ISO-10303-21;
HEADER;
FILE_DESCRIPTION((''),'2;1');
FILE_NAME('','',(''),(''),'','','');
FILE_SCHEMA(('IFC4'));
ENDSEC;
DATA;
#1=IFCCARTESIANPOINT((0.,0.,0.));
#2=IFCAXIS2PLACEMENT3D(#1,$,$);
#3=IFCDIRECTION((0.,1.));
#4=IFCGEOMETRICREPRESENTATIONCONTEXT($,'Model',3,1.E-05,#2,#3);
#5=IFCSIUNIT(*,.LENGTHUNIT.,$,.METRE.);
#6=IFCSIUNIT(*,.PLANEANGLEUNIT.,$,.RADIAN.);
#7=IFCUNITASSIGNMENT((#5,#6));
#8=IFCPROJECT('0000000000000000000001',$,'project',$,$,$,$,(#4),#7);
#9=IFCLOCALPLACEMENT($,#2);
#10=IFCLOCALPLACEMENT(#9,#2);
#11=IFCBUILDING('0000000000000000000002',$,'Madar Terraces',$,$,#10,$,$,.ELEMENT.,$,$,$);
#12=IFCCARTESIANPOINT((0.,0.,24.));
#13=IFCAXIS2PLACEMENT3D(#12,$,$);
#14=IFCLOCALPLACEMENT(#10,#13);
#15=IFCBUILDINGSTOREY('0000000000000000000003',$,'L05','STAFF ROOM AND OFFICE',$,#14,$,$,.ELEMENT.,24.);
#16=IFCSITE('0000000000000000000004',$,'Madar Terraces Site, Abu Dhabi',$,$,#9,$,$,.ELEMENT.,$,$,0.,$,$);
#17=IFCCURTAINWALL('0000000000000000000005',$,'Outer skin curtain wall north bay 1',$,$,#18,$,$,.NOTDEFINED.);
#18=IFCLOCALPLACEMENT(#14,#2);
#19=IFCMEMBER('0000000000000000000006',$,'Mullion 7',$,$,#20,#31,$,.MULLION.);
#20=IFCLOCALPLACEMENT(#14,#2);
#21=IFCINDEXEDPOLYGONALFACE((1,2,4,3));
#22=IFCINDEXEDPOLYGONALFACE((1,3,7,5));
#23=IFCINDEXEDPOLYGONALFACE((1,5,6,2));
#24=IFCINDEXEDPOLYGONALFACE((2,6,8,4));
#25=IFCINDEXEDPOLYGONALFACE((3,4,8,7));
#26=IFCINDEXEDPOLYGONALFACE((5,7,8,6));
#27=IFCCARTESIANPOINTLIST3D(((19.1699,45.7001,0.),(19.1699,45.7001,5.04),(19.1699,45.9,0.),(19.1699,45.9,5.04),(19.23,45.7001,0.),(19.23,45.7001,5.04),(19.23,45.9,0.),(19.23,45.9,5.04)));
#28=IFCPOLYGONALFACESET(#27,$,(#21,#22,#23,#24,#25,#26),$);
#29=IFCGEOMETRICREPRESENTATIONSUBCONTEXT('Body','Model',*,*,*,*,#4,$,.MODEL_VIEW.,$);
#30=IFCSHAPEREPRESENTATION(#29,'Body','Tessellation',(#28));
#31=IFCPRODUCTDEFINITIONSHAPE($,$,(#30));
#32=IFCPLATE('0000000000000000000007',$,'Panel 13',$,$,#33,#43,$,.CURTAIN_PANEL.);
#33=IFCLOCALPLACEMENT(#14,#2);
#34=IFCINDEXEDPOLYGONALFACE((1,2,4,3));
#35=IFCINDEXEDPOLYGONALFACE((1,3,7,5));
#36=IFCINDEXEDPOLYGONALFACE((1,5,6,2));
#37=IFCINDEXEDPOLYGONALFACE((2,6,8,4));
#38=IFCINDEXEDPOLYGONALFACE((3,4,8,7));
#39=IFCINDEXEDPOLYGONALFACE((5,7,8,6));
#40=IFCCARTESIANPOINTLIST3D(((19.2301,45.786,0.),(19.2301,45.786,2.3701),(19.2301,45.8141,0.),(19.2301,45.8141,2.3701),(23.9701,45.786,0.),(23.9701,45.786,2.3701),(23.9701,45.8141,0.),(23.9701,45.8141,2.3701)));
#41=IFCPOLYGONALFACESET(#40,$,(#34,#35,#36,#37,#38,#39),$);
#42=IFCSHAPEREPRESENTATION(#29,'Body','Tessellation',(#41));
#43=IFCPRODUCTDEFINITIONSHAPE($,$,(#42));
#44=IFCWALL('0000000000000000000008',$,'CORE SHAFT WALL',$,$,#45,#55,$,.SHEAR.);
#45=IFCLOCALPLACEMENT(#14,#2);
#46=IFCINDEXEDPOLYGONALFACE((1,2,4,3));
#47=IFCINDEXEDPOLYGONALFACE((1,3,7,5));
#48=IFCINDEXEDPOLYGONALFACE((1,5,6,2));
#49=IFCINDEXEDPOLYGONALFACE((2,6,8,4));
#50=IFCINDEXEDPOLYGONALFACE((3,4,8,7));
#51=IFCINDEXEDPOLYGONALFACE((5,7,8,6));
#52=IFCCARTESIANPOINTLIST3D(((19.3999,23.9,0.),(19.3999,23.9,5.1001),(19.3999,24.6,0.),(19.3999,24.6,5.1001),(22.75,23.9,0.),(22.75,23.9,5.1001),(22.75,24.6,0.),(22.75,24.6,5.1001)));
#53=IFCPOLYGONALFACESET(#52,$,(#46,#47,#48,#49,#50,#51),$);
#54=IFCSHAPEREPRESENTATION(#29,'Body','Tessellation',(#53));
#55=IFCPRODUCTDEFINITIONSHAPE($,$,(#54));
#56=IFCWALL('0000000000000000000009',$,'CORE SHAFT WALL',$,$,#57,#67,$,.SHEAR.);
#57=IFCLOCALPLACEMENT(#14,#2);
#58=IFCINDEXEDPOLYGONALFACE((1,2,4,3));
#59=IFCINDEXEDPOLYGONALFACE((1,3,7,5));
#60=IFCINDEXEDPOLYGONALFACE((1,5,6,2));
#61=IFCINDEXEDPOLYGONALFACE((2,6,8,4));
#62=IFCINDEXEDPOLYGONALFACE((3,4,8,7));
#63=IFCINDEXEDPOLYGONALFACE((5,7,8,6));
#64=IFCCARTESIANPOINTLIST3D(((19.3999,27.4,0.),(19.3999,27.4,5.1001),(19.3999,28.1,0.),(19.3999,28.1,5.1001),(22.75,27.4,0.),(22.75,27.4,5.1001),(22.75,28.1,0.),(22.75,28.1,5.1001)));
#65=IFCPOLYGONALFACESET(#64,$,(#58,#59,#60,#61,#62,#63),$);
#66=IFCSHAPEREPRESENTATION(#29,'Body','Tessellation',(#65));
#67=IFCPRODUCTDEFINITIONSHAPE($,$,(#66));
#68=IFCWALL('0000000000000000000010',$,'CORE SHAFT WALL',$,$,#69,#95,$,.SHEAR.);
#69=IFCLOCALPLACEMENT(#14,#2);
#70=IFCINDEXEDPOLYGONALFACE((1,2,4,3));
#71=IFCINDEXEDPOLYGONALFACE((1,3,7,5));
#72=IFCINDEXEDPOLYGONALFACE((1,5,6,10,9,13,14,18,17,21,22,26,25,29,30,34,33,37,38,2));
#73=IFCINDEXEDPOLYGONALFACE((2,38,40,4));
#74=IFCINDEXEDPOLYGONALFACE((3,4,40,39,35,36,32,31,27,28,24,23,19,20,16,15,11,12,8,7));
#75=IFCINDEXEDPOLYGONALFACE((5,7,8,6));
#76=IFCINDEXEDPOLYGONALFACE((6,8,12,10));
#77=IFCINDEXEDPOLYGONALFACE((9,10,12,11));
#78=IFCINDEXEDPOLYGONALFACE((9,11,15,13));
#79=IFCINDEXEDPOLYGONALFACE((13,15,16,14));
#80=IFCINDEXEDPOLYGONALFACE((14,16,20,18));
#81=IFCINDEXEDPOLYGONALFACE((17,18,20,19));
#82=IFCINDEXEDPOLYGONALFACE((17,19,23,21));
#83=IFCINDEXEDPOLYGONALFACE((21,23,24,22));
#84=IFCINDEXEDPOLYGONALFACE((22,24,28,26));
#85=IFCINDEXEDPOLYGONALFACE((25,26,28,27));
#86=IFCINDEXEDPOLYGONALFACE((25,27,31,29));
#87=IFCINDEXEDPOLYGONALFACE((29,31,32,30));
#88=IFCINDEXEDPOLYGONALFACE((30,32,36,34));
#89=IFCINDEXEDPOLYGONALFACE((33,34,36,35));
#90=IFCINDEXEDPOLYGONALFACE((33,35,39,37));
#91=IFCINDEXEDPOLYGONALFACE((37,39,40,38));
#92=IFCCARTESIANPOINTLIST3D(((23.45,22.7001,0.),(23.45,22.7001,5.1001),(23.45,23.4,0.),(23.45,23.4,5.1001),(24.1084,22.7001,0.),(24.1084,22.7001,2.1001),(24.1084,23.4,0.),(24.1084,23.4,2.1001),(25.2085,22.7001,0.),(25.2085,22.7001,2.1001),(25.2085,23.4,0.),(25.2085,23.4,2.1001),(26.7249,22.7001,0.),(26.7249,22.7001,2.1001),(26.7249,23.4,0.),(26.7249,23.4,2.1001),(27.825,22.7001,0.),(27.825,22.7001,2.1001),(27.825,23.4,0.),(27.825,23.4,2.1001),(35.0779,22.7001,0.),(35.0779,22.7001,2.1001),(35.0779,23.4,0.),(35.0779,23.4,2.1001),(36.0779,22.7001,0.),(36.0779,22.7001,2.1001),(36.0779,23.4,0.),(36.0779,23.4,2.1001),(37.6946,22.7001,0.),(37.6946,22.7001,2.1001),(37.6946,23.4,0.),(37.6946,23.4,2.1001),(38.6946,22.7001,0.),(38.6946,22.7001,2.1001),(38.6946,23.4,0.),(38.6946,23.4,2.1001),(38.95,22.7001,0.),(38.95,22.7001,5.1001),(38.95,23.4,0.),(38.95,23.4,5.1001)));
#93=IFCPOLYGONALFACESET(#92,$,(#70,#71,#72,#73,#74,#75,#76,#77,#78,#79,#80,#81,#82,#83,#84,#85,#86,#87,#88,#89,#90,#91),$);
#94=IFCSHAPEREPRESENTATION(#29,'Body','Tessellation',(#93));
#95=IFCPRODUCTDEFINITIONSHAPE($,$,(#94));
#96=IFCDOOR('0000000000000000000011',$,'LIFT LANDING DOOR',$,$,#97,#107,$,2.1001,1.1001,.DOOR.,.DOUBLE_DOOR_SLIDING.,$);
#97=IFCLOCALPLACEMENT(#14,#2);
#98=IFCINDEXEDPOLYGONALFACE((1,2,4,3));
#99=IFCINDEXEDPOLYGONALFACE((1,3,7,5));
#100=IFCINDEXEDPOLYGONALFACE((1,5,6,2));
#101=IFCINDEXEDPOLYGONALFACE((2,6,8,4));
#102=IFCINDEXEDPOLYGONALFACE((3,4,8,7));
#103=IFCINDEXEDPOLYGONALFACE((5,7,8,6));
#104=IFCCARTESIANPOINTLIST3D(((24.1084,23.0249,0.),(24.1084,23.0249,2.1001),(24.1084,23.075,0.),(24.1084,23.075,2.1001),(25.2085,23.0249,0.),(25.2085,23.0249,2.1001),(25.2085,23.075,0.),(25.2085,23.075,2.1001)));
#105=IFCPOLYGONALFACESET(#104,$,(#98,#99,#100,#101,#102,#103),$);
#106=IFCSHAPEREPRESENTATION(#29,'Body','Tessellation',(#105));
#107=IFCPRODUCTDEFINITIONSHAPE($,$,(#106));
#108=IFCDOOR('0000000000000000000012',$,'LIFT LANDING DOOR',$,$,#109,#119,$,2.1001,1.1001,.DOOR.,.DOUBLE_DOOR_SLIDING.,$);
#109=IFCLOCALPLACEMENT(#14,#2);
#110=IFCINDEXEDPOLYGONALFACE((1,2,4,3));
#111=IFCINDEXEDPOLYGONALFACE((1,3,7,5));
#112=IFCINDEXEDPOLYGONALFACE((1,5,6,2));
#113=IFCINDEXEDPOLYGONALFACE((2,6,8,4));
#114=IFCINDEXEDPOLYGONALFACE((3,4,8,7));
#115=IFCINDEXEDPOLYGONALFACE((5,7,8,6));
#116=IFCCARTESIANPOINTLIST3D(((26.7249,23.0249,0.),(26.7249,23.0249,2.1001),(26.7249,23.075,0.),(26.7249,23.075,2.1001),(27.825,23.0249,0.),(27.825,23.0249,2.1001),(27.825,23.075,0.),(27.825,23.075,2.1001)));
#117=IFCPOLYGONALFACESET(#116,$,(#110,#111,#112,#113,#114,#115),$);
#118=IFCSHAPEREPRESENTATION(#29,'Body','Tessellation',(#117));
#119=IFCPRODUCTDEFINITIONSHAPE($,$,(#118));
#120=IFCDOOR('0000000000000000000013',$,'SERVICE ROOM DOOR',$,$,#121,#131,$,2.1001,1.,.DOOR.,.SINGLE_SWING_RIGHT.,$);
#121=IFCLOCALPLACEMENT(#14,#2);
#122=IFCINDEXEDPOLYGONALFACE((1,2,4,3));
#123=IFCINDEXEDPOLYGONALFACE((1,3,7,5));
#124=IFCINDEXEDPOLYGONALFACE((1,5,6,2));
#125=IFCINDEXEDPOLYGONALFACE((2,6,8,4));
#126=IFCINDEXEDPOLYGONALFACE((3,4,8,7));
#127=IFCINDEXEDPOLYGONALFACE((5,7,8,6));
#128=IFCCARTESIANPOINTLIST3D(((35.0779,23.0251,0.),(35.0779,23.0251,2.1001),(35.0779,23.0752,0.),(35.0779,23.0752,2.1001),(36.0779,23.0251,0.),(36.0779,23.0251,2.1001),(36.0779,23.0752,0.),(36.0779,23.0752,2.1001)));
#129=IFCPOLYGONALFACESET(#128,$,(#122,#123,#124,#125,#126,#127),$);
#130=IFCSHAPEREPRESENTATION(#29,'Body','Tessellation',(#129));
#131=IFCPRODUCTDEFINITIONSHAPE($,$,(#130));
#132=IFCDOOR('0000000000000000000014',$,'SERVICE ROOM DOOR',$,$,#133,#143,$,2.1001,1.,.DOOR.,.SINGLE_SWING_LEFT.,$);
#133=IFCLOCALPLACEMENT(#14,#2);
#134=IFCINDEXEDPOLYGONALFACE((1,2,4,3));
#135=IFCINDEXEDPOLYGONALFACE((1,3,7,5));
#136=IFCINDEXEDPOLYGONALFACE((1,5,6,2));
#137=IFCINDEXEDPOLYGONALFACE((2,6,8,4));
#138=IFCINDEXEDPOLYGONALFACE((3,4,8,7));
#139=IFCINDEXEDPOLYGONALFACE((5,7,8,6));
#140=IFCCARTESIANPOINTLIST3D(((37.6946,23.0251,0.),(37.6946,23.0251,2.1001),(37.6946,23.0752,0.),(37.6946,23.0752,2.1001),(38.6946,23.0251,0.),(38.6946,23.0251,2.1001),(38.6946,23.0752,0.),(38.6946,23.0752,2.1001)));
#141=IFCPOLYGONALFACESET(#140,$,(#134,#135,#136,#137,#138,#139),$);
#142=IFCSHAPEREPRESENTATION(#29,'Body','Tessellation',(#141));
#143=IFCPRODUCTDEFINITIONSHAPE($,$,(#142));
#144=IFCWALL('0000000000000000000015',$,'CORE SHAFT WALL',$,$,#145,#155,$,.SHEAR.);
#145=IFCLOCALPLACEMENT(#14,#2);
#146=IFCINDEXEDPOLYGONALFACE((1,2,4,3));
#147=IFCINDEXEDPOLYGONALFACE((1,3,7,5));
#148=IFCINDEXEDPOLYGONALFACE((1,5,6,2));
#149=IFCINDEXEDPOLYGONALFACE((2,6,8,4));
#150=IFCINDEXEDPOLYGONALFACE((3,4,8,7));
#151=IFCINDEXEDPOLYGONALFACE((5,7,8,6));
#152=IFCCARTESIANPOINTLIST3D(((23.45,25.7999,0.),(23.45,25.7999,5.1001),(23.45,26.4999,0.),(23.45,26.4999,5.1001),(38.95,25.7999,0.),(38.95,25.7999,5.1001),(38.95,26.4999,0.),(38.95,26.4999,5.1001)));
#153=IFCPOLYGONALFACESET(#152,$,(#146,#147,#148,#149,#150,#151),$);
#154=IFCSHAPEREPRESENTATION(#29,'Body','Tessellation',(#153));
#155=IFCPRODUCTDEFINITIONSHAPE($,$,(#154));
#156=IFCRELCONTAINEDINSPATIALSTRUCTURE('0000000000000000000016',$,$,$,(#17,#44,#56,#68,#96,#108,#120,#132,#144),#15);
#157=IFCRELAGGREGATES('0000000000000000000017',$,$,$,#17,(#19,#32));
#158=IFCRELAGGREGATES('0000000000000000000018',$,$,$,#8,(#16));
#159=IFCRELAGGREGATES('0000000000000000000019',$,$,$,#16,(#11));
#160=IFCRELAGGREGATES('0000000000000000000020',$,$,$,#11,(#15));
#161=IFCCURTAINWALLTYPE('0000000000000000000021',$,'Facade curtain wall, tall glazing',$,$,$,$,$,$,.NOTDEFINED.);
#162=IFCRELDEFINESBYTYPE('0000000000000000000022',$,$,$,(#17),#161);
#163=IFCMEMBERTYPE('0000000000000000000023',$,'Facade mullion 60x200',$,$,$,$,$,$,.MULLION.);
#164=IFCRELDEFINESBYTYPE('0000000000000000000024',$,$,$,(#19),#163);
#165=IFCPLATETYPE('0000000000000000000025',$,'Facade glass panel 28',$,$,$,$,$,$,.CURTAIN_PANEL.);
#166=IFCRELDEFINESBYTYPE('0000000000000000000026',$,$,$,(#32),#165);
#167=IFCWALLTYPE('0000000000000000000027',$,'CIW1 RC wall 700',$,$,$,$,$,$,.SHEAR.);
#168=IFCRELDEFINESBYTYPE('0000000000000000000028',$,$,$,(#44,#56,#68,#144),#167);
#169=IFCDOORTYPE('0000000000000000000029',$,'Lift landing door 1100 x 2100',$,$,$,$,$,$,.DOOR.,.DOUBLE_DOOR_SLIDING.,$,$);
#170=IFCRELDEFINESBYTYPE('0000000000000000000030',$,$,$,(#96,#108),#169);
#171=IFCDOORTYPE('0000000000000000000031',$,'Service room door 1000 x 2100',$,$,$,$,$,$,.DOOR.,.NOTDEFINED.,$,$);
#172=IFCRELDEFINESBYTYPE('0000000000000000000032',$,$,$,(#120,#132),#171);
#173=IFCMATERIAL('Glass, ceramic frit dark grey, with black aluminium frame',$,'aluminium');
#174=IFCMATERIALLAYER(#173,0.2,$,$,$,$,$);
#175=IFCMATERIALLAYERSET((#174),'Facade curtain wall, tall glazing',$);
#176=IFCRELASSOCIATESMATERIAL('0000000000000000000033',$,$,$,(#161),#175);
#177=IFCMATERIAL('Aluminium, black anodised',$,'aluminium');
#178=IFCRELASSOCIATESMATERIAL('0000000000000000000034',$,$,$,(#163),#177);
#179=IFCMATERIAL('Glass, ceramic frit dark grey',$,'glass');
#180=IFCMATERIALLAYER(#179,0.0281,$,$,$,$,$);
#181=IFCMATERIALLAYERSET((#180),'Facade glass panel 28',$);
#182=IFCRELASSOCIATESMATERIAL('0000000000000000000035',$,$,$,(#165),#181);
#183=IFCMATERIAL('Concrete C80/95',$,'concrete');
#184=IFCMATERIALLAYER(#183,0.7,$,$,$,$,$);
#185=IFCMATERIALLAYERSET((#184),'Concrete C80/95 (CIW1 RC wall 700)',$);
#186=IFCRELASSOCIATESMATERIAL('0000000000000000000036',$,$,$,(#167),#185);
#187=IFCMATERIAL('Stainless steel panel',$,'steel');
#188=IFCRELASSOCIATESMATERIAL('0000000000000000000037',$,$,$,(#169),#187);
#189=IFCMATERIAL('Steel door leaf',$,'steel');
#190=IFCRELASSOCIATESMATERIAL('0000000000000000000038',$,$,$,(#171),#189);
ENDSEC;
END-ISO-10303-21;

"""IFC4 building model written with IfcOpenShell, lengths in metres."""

from ifc_helpers import new_model, si_unit, direction, frame, frame_2d, origin, origin_2d, place, context, subcontext, project, spatial, rectangle, extrude, material, layer, layer_set, material_profile, profile_set, type_object, element, fill, aggregate, save


model = new_model("IFC4")

# Units and contexts
model_context = context("Model", 3, precision=1e-05, world=origin(), true_north=direction((0.0, 1.0)))
body_context = subcontext(model_context, "Body", "Model", "MODEL_VIEW")
ifc_project = project(units=[si_unit("LENGTHUNIT", "METRE"), si_unit("PLANEANGLEUNIT", "RADIAN")], contexts=[model_context])

# Site, building, storey
site_placement = place(None, origin())
site = spatial("IfcSite", under=ifc_project, at=site_placement, Name="Madar Terraces Site, Abu Dhabi", CompositionType="ELEMENT", RefElevation=0.0)
building_placement = place(site_placement, origin())
building = spatial("IfcBuilding", under=site, at=building_placement, Name="Madar Terraces", CompositionType="ELEMENT")
storey_placement = place(building_placement, frame((0.0, 0.0, 24.0)))
storey = spatial("IfcBuildingStorey", under=building, at=storey_placement, Name="L05", Description="STAFF ROOM AND OFFICE", CompositionType="ELEMENT", Elevation=24.0)

# Curtain wall, member, plate
ifc_material_1 = material(Name="Glass, ceramic frit dark grey, with black aluminium frame", Category="aluminium")
ifc_layer_1 = layer(ifc_material_1, 0.2)
ifc_layer_set_1 = layer_set([ifc_layer_1], Name="Facade curtain wall, tall glazing")
curtain_wall_type = type_object("IfcCurtainWallType", Name="Facade curtain wall, tall glazing", PredefinedType="NOTDEFINED", material=ifc_layer_set_1)
curtain_wall_placement = place(storey_placement, origin())
curtain_wall = element("IfcCurtainWall", 1, at=curtain_wall_placement, inside=storey, type_object=curtain_wall_type, Name="Outer skin curtain wall north bay 1", PredefinedType="NOTDEFINED")
ifc_material_2 = material(Name="Aluminium, black anodised", Category="aluminium")
ifc_material_profile = material_profile(ifc_material_2, rectangle(XDim=0.2, YDim=0.0601, at=origin_2d()), Name="Facade mullion 60x200")
ifc_profile_set = profile_set([ifc_material_profile], Name="Aluminium, black anodised")
member_type = type_object("IfcMemberType", Name="Facade mullion 60x200", PredefinedType="MULLION", material=ifc_profile_set)
member_placement = place(storey_placement, frame((19.2, 45.8, 0.0), z_axis=(0.0, 0.0, 1.0), x_axis=(0.0, -1.0, 0.0)))
member = element("IfcMember", 2, at=member_placement, type_object=member_type, Name="Mullion 7", PredefinedType="MULLION", context=body_context, shape_type="SweptSolid", body=[
    extrude(rectangle(XDim=0.2, YDim=0.0601, at=origin_2d()), origin(), (0.0, 0.0, 1.0), 5.04),
])
ifc_material_3 = material(Name="Glass, ceramic frit dark grey", Category="glass")
ifc_layer_2 = layer(ifc_material_3, 0.0281)
ifc_layer_set_2 = layer_set([ifc_layer_2], Name="Facade glass panel 28")
plate_type = type_object("IfcPlateType", Name="Facade glass panel 28", PredefinedType="CURTAIN_PANEL", material=ifc_layer_set_2)
plate_placement = place(storey_placement, frame((21.6001, 45.8, 0.0), z_axis=(0.0, 0.0, 1.0), x_axis=(-1.0, 0.0, 0.0)))
plate = element("IfcPlate", 3, at=plate_placement, type_object=plate_type, Name="Panel 13", PredefinedType="CURTAIN_PANEL", context=body_context, shape_type="SweptSolid", body=[
    extrude(rectangle(XDim=4.74, YDim=0.0281, at=origin_2d()), origin(), (0.0, 0.0, 1.0), 2.3701),
])
aggregate(curtain_wall, [member, plate])

# Walls
ifc_material_4 = material(Name="Concrete C80/95", Category="concrete")
ifc_layer_3 = layer(ifc_material_4, 0.7)
ifc_layer_set_3 = layer_set([ifc_layer_3], Name="Concrete C80/95 (CIW1 RC wall 700)")
wall_type_1 = type_object("IfcWallType", Name="CIW1 RC wall 700", PredefinedType="SHEAR", material=ifc_layer_set_3)
for number, where, z_axis, x_axis, name in (
    (4, (19.3999, 24.25, 0.0), (0.0, 0.0, 1.0), (1.0, 0.0, 0.0), "CORE SHAFT WALL"),
    (5, (19.3999, 27.75, 0.0), (0.0, 0.0, 1.0), (1.0, 0.0, 0.0), "CORE SHAFT WALL"),
):
    element("IfcWall", number, at=place(storey_placement, frame(where, z_axis=z_axis, x_axis=x_axis)), inside=storey, type_object=wall_type_1, Name=name, PredefinedType="SHEAR", context=body_context, shape_type="SweptSolid", body=[
        extrude(rectangle(XDim=3.3501, YDim=0.7, at=frame_2d((1.675, 0.0))), origin(), (0.0, 0.0, 1.0), 5.1001),
    ])

# Wall, openings, doors
wall_1_placement = place(storey_placement, frame((23.45, 23.05, 0.0), z_axis=(0.0, 0.0, 1.0), x_axis=(1.0, 0.0, 0.0)))
wall_1 = element("IfcWall", 6, at=wall_1_placement, inside=storey, type_object=wall_type_1, Name="CORE SHAFT WALL", PredefinedType="SHEAR", context=body_context, shape_type="SweptSolid", body=[
    extrude(rectangle(XDim=15.5, YDim=0.7, at=frame_2d((7.75, 0.0))), origin(), (0.0, 0.0, 1.0), 5.1001),
])
opening_1_placement = place(wall_1_placement, frame((0.6584, 0.0, 0.0)))
opening_1 = element("IfcOpeningElement", 7, at=opening_1_placement, cuts=wall_1, PredefinedType="OPENING", context=body_context, shape_type="SweptSolid", body=[
    extrude(rectangle(XDim=1.1001, YDim=2.1001, at=frame_2d((0.55, 1.05))), frame((0.0, 0.3599, 0.0), z_axis=(0.0, -1.0, 0.0), x_axis=(1.0, 0.0, 0.0)), (0.0, 0.0, 1.0), 0.72),
])
opening_2_placement = place(wall_1_placement, frame((3.2749, 0.0, 0.0)))
opening_2 = element("IfcOpeningElement", 8, at=opening_2_placement, cuts=wall_1, PredefinedType="OPENING", context=body_context, shape_type="SweptSolid", body=[
    extrude(rectangle(XDim=1.1001, YDim=2.1001, at=frame_2d((0.55, 1.05))), frame((0.0, 0.3599, 0.0), z_axis=(0.0, -1.0, 0.0), x_axis=(1.0, 0.0, 0.0)), (0.0, 0.0, 1.0), 0.72),
])
opening_3_placement = place(wall_1_placement, frame((11.6279, 0.0, 0.0)))
opening_3 = element("IfcOpeningElement", 9, at=opening_3_placement, cuts=wall_1, PredefinedType="OPENING", context=body_context, shape_type="SweptSolid", body=[
    extrude(rectangle(XDim=1.0, YDim=2.1001, at=frame_2d((0.5, 1.05))), frame((0.0, 0.3599, 0.0), z_axis=(0.0, -1.0, 0.0), x_axis=(1.0, 0.0, 0.0)), (0.0, 0.0, 1.0), 0.72),
])
opening_4_placement = place(wall_1_placement, frame((14.2446, 0.0, 0.0)))
opening_4 = element("IfcOpeningElement", 10, at=opening_4_placement, cuts=wall_1, PredefinedType="OPENING", context=body_context, shape_type="SweptSolid", body=[
    extrude(rectangle(XDim=1.0, YDim=2.1001, at=frame_2d((0.5, 1.05))), frame((0.0, 0.3599, 0.0), z_axis=(0.0, -1.0, 0.0), x_axis=(1.0, 0.0, 0.0)), (0.0, 0.0, 1.0), 0.72),
])
ifc_material_5 = material(Name="Stainless steel panel", Category="steel")
door_type_1 = type_object("IfcDoorType", Name="Lift landing door 1100 x 2100", OperationType="DOUBLE_DOOR_SLIDING", PredefinedType="DOOR", material=ifc_material_5)
door_1_placement = place(opening_1_placement, origin())
door_1 = element("IfcDoor", 11, at=door_1_placement, inside=storey, type_object=door_type_1, Name="LIFT LANDING DOOR", OperationType="DOUBLE_DOOR_SLIDING", OverallHeight=2.1001, OverallWidth=1.1001, PredefinedType="DOOR", context=body_context, shape_type="SweptSolid", body=[
    extrude(rectangle(XDim=1.1001, YDim=2.1001, at=frame_2d((0.55, 1.05))), frame((0.0, 0.0249, 0.0), z_axis=(0.0, -1.0, 0.0), x_axis=(1.0, 0.0, 0.0)), (0.0, 0.0, 1.0), 0.05),
])
fill(opening_1, door_1)
door_2_placement = place(opening_2_placement, origin())
door_2 = element("IfcDoor", 12, at=door_2_placement, inside=storey, type_object=door_type_1, Name="LIFT LANDING DOOR", OperationType="DOUBLE_DOOR_SLIDING", OverallHeight=2.1001, OverallWidth=1.1001, PredefinedType="DOOR", context=body_context, shape_type="SweptSolid", body=[
    extrude(rectangle(XDim=1.1001, YDim=2.1001, at=frame_2d((0.55, 1.05))), frame((0.0, 0.0249, 0.0), z_axis=(0.0, -1.0, 0.0), x_axis=(1.0, 0.0, 0.0)), (0.0, 0.0, 1.0), 0.05),
])
fill(opening_2, door_2)
ifc_material_6 = material(Name="Steel door leaf", Category="steel")
door_type_2 = type_object("IfcDoorType", Name="Service room door 1000 x 2100", OperationType="NOTDEFINED", PredefinedType="DOOR", material=ifc_material_6)
door_3_placement = place(opening_3_placement, frame((1.0, 0.0, 0.0), z_axis=(0.0, 0.0, 1.0), x_axis=(-1.0, 0.0, 0.0)))
door_3 = element("IfcDoor", 13, at=door_3_placement, inside=storey, type_object=door_type_2, Name="SERVICE ROOM DOOR", OperationType="SINGLE_SWING_RIGHT", OverallHeight=2.1001, OverallWidth=1.0, PredefinedType="DOOR", context=body_context, shape_type="SweptSolid", body=[
    extrude(rectangle(XDim=1.0, YDim=2.1001, at=frame_2d((0.5, 1.05))), frame((0.0, 0.0249, 0.0), z_axis=(0.0, -1.0, 0.0), x_axis=(1.0, 0.0, 0.0)), (0.0, 0.0, 1.0), 0.05),
])
fill(opening_3, door_3)
door_4_placement = place(opening_4_placement, frame((1.0, 0.0, 0.0), z_axis=(0.0, 0.0, 1.0), x_axis=(-1.0, 0.0, 0.0)))
door_4 = element("IfcDoor", 14, at=door_4_placement, inside=storey, type_object=door_type_2, Name="SERVICE ROOM DOOR", OperationType="SINGLE_SWING_LEFT", OverallHeight=2.1001, OverallWidth=1.0, PredefinedType="DOOR", context=body_context, shape_type="SweptSolid", body=[
    extrude(rectangle(XDim=1.0, YDim=2.1001, at=frame_2d((0.5, 1.05))), frame((0.0, 0.0249, 0.0), z_axis=(0.0, -1.0, 0.0), x_axis=(1.0, 0.0, 0.0)), (0.0, 0.0, 1.0), 0.05),
])
fill(opening_4, door_4)

# Wall
wall_2_placement = place(storey_placement, frame((23.45, 26.1499, 0.0), z_axis=(0.0, 0.0, 1.0), x_axis=(1.0, 0.0, 0.0)))
element("IfcWall", 15, at=wall_2_placement, inside=storey, type_object=wall_type_1, Name="CORE SHAFT WALL", PredefinedType="SHEAR", context=body_context, shape_type="SweptSolid", body=[
    extrude(rectangle(XDim=15.5, YDim=0.7, at=frame_2d((7.75, 0.0))), origin(), (0.0, 0.0, 1.0), 5.1001),
])

save(model, "model.ifc")
